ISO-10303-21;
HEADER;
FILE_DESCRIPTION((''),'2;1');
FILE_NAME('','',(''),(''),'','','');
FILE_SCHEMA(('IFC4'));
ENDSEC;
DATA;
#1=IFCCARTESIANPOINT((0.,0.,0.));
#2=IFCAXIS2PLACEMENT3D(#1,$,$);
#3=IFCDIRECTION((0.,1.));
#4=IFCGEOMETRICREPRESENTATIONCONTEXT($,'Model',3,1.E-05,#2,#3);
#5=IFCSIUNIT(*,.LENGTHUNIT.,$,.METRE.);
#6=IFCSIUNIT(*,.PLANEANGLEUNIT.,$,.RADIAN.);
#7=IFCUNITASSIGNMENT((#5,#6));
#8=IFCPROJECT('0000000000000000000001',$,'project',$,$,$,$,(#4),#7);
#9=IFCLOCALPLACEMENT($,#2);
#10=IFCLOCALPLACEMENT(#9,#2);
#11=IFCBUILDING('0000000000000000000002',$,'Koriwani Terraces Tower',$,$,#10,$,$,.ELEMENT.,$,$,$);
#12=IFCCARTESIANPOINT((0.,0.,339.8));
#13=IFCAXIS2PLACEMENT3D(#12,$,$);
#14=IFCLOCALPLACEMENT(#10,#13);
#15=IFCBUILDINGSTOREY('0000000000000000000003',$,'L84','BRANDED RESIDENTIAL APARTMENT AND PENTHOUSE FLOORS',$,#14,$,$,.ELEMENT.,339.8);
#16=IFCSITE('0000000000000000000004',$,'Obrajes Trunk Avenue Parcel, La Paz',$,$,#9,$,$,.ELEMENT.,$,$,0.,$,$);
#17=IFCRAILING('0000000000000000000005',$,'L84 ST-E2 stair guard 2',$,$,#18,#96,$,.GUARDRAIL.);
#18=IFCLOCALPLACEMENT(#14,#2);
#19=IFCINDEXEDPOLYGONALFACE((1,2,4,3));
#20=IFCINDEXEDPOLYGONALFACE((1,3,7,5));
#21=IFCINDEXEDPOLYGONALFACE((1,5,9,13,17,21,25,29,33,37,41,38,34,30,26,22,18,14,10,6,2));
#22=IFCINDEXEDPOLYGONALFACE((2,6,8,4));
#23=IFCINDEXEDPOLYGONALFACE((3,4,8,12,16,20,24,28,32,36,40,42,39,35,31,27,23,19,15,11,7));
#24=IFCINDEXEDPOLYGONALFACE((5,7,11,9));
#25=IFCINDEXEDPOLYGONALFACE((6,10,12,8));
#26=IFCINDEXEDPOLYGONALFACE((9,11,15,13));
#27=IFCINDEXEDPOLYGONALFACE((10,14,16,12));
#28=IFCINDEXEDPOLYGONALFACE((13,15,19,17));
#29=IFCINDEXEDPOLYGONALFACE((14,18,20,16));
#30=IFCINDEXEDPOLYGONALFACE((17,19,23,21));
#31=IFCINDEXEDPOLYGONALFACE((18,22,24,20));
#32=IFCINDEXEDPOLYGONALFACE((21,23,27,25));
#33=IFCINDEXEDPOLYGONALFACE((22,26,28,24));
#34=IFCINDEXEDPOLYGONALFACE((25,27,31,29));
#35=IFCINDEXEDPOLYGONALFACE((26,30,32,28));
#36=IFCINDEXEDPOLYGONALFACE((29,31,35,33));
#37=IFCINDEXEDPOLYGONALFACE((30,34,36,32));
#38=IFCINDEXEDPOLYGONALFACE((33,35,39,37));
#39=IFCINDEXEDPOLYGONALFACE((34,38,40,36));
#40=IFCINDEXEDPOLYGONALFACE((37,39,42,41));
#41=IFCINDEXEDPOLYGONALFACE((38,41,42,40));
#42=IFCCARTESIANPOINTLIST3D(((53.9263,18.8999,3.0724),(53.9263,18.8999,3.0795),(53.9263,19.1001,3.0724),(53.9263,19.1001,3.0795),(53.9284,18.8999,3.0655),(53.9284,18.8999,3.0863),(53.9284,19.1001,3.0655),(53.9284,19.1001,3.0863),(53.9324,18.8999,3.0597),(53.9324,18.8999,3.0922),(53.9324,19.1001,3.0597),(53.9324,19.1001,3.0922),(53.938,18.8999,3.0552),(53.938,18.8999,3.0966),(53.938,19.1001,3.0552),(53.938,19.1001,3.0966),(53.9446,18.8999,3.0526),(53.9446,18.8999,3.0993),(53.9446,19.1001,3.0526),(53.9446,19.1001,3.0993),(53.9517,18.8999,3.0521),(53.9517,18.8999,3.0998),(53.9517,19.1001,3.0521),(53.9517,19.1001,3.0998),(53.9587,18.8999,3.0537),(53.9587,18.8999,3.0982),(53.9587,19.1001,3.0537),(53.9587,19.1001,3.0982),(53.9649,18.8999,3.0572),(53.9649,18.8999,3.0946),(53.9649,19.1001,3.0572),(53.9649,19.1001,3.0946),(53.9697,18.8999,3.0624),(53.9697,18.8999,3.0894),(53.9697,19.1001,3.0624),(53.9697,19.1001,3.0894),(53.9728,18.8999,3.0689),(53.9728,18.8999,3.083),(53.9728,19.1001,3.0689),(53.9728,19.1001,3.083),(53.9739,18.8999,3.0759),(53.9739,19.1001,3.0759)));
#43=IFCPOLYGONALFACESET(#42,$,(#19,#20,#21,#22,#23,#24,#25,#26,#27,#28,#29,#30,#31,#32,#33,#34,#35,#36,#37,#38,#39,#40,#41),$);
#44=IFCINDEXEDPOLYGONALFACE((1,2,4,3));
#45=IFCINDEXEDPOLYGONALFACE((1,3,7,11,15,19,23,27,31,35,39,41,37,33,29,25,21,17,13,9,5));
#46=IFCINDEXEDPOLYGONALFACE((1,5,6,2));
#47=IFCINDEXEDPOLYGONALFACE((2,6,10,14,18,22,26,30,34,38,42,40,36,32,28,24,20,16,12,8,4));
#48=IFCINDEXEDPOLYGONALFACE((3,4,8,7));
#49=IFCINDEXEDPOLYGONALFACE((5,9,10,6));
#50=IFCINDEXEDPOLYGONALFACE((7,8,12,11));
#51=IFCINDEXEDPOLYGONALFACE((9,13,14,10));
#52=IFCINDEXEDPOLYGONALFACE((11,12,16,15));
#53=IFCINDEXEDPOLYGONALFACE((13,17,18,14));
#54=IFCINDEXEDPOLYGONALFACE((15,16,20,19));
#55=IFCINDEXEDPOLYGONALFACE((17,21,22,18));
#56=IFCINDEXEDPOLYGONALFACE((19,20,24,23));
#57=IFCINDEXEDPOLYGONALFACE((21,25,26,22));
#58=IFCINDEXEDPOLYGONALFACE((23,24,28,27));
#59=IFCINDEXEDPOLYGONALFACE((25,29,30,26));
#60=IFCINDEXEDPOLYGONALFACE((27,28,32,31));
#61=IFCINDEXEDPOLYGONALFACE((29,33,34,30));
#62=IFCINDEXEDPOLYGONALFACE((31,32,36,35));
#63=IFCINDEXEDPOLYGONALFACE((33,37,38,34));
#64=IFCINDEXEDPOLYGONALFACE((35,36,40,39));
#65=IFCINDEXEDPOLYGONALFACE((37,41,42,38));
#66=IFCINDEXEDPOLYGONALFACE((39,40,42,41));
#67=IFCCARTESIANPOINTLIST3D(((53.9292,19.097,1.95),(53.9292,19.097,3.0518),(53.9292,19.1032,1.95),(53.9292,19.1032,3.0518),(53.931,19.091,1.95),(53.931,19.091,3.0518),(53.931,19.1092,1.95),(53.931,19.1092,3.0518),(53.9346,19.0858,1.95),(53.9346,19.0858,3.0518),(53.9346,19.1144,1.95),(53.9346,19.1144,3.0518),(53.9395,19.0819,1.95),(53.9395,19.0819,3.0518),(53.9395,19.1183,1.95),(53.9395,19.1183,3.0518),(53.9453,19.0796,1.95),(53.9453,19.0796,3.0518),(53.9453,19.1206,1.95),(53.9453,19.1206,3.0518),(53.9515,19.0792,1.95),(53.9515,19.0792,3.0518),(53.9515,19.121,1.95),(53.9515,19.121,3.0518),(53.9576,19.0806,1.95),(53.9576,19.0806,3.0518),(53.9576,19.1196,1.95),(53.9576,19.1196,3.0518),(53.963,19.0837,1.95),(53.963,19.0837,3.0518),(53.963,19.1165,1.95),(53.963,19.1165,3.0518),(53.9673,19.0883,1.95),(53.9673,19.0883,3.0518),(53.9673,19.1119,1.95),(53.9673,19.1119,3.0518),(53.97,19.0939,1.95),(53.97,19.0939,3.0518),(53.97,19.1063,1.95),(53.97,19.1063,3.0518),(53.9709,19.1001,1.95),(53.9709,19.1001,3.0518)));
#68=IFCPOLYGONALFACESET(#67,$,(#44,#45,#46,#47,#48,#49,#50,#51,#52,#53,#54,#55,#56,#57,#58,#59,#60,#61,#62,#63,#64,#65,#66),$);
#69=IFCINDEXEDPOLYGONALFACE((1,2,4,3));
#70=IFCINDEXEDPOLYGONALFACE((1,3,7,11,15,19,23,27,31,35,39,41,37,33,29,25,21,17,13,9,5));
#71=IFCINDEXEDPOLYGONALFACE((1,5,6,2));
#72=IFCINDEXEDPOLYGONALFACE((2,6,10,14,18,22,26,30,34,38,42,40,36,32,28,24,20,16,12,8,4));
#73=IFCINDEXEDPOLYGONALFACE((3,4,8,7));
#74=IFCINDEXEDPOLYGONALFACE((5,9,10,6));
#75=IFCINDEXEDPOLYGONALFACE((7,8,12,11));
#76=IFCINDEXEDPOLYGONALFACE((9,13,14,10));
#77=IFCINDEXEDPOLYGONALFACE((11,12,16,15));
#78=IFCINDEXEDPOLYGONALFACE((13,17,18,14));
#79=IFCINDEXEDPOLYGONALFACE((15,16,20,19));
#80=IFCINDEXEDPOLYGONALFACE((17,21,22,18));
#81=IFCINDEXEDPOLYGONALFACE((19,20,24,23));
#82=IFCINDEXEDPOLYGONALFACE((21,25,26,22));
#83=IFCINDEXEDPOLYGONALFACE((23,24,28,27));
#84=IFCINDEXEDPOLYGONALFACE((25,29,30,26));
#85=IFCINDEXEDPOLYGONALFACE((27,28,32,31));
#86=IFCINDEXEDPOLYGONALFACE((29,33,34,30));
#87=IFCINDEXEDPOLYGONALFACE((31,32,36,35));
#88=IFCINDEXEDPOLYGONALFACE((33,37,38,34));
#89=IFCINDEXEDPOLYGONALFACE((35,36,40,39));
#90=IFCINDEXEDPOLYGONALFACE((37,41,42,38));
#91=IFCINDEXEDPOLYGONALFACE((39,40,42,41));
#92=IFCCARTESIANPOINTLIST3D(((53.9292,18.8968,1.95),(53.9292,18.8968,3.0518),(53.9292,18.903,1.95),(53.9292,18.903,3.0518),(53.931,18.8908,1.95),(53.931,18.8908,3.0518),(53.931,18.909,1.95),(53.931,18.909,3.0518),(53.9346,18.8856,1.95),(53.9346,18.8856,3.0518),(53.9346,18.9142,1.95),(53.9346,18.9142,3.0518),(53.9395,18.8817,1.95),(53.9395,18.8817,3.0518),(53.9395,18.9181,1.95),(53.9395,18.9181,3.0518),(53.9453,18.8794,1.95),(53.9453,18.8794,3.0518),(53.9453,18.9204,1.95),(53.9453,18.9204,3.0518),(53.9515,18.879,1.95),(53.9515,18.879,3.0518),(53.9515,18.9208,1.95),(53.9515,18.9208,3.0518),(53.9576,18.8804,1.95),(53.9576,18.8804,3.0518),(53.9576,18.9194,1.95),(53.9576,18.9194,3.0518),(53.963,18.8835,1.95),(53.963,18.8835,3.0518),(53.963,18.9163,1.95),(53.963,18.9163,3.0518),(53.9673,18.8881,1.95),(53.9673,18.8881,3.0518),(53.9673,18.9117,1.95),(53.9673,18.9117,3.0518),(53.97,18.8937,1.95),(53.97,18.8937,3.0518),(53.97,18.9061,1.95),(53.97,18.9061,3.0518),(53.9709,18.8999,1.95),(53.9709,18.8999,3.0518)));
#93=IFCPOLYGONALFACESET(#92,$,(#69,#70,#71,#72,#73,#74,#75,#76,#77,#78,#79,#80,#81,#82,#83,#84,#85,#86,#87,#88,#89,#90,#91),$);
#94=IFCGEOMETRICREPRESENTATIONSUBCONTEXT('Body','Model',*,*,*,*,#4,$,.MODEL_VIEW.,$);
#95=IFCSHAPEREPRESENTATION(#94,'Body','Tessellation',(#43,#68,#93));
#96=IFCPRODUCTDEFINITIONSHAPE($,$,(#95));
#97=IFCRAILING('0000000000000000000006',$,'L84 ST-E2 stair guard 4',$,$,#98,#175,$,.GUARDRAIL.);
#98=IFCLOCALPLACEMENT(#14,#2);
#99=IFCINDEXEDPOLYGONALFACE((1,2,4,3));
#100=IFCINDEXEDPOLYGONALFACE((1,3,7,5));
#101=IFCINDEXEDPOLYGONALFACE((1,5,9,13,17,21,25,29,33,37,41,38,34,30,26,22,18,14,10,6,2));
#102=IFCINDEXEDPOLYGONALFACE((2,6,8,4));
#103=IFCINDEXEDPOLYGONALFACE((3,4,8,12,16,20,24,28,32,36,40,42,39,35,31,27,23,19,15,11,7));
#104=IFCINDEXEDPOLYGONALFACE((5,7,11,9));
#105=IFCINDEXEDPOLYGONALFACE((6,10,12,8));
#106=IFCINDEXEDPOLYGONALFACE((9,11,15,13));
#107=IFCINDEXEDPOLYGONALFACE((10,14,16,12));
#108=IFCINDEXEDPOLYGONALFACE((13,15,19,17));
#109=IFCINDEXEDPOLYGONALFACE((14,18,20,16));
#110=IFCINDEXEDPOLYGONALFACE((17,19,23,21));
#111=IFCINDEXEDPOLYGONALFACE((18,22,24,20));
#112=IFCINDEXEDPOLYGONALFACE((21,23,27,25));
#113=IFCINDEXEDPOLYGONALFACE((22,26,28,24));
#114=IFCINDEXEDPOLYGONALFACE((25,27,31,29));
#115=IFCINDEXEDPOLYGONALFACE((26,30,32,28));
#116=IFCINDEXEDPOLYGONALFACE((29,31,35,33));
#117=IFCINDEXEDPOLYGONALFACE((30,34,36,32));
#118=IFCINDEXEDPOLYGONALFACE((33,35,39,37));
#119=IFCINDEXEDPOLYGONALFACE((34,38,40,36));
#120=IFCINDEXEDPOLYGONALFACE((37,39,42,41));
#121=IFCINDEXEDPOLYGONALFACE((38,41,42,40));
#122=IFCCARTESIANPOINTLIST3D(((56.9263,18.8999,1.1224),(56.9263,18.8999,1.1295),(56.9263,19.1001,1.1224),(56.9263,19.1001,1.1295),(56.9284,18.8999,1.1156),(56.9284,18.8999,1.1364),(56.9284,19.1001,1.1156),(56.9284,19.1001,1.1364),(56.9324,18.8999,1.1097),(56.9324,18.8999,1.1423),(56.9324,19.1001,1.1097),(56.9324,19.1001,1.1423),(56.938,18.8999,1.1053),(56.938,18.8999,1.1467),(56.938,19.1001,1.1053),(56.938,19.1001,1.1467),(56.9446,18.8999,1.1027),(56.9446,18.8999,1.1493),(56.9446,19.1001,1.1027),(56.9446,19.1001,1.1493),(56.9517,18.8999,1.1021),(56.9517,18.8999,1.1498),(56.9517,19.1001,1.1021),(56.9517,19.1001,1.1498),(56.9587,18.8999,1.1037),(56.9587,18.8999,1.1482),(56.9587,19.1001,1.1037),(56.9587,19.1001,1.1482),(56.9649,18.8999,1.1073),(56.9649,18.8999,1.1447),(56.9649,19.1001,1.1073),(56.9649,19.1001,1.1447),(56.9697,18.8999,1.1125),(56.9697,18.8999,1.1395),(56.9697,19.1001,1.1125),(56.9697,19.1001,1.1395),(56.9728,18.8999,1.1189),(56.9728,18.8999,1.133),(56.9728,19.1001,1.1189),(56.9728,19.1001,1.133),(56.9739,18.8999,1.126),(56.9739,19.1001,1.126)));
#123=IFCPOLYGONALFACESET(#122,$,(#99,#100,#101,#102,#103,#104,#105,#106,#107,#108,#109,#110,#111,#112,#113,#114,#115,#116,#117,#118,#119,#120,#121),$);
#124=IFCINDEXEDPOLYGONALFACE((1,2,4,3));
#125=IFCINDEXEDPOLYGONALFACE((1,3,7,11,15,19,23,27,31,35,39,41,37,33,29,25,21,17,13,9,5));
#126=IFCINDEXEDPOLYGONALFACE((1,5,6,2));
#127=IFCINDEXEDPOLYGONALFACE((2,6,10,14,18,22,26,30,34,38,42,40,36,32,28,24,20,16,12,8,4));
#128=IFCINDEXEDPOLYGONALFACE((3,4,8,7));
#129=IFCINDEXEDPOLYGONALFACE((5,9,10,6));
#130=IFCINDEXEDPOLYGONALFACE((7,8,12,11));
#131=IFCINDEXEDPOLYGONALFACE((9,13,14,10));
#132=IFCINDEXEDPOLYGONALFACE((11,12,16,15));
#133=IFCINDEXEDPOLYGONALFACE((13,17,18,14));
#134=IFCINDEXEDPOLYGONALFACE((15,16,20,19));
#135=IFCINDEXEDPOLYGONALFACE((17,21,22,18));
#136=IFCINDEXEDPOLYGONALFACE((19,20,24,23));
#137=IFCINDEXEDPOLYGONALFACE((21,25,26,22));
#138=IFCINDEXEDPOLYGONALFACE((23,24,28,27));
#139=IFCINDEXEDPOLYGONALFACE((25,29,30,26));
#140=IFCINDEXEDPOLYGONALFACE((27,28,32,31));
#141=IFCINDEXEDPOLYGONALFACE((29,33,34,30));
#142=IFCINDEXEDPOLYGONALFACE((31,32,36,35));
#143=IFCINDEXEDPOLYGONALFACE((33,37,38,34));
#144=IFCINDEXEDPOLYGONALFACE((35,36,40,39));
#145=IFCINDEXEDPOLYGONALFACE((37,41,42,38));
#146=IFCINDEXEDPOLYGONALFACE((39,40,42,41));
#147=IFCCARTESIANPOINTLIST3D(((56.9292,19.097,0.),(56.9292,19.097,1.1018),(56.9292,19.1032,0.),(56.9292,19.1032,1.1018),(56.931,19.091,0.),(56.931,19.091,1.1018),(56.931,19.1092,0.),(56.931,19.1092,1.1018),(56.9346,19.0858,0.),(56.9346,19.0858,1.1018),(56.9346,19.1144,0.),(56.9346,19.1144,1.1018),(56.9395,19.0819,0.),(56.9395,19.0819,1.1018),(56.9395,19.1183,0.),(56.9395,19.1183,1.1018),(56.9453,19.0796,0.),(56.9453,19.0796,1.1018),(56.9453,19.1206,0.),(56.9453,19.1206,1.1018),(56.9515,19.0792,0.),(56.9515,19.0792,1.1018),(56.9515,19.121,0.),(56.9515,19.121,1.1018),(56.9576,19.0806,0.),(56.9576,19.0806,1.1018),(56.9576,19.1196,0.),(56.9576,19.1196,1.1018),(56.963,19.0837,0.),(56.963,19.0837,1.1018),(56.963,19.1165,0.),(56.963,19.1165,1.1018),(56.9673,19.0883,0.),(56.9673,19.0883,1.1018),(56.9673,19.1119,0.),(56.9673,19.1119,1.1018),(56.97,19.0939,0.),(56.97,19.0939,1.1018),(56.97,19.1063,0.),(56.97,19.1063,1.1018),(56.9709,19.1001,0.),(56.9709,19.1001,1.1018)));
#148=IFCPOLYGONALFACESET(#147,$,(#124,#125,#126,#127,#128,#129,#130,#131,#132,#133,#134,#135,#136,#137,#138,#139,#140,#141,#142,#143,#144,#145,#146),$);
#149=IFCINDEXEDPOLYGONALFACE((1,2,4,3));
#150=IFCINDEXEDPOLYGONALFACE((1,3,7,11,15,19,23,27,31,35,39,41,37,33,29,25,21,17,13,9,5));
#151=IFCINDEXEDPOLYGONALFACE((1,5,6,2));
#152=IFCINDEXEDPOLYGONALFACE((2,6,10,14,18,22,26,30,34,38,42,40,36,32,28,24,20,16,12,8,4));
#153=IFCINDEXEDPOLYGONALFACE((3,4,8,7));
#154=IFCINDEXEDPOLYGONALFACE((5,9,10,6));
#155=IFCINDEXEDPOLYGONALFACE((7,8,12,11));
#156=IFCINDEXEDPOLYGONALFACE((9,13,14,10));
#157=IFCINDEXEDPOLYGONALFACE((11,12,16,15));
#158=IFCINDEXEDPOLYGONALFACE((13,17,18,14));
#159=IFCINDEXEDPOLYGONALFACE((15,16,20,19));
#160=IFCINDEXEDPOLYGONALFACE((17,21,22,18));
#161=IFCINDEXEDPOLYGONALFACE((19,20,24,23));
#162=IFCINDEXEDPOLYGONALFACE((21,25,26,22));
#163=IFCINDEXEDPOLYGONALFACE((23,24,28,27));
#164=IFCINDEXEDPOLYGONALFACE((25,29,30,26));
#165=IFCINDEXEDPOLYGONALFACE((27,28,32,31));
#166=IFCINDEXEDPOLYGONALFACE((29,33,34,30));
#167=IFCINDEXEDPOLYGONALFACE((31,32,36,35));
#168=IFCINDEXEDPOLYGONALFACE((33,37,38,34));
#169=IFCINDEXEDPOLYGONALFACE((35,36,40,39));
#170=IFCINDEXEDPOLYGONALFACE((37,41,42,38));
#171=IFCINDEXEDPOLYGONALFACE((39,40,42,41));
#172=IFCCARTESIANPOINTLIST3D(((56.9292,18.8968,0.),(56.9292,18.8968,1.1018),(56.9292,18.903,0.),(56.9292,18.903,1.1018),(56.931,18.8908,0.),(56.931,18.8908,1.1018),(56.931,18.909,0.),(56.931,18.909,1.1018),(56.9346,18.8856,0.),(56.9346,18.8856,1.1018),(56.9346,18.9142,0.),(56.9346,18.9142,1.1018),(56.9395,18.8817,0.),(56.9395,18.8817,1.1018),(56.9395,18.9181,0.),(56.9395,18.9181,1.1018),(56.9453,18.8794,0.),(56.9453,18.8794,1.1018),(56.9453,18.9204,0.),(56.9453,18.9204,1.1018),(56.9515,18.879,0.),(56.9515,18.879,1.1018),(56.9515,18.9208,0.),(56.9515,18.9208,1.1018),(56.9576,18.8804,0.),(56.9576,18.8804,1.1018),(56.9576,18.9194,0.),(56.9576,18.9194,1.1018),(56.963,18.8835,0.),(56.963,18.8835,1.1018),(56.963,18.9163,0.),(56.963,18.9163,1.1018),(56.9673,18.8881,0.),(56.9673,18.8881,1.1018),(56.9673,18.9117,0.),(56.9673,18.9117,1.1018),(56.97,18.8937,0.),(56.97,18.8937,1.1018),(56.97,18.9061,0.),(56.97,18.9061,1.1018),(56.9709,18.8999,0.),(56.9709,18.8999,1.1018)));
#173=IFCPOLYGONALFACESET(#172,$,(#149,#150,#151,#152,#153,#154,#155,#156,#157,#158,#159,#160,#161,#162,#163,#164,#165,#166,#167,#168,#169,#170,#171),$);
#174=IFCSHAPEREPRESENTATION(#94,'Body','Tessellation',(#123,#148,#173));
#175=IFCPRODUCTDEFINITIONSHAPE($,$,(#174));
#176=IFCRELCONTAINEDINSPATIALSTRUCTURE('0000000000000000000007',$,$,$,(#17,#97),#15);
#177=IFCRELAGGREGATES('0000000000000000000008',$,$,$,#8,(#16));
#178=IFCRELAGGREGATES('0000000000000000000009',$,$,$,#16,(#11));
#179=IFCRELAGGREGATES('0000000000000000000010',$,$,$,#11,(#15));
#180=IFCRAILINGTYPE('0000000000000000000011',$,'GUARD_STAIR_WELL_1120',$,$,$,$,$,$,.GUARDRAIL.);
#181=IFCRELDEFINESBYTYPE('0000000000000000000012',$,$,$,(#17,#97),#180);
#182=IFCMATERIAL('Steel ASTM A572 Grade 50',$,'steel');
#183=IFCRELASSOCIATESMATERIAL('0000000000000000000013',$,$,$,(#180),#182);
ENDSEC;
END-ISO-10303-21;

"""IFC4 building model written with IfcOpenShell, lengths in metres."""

from ifc_helpers import new_model, si_unit, direction, frame, origin, origin_2d, place, context, subcontext, project, spatial, circle, extrude, material, type_object, element, save


model = new_model("IFC4")

# Units and contexts
model_context = context("Model", 3, precision=1e-05, world=origin(), true_north=direction((0.0, 1.0)))
body_context = subcontext(model_context, "Body", "Model", "MODEL_VIEW")
ifc_project = project(units=[si_unit("LENGTHUNIT", "METRE"), si_unit("PLANEANGLEUNIT", "RADIAN")], contexts=[model_context])

# Site, building, storey
site_placement = place(None, origin())
site = spatial("IfcSite", under=ifc_project, at=site_placement, Name="Obrajes Trunk Avenue Parcel, La Paz", CompositionType="ELEMENT", RefElevation=0.0)
building_placement = place(site_placement, origin())
building = spatial("IfcBuilding", under=site, at=building_placement, Name="Koriwani Terraces Tower", CompositionType="ELEMENT")
storey_placement = place(building_placement, frame((0.0, 0.0, 339.8)))
storey = spatial("IfcBuildingStorey", under=building, at=storey_placement, Name="L84", Description="BRANDED RESIDENTIAL APARTMENT AND PENTHOUSE FLOORS", CompositionType="ELEMENT", Elevation=339.8)

# Shared definitions
ifc_material_1 = material(Name="Steel ASTM A572 Grade 50", Category="steel")

# Railings
railing_type_1 = type_object("IfcRailingType", Name="GUARD_STAIR_WELL_1120", PredefinedType="GUARDRAIL", material=ifc_material_1)
for number, where, name in (
    (1, (53.95, 19.1001, 1.95), "L84 ST-E2 stair guard 2"),
    (2, (56.95, 19.1001, 0.0), "L84 ST-E2 stair guard 4"),
):
    element("IfcRailing", number, at=place(storey_placement, frame(where)), inside=storey, type_object=railing_type_1, Name=name, PredefinedType="GUARDRAIL", context=body_context, shape_type="SweptSolid", body=[
        extrude(circle(Radius=0.0239, at=origin_2d()), frame((0.0, 0.0, 1.126), z_axis=(0.0, -1.0, 0.0), x_axis=(1.0, 0.0, 0.0)), (0.0, 0.0, 1.0), 0.2002),
        extrude(circle(Radius=0.021, at=origin_2d()), origin(), (0.0, 0.0, 1.0), 1.1018),
        extrude(circle(Radius=0.021, at=origin_2d()), frame((0.0, -0.2002, 0.0)), (0.0, 0.0, 1.0), 1.1018),
    ])

save(model, "model.ifc")
